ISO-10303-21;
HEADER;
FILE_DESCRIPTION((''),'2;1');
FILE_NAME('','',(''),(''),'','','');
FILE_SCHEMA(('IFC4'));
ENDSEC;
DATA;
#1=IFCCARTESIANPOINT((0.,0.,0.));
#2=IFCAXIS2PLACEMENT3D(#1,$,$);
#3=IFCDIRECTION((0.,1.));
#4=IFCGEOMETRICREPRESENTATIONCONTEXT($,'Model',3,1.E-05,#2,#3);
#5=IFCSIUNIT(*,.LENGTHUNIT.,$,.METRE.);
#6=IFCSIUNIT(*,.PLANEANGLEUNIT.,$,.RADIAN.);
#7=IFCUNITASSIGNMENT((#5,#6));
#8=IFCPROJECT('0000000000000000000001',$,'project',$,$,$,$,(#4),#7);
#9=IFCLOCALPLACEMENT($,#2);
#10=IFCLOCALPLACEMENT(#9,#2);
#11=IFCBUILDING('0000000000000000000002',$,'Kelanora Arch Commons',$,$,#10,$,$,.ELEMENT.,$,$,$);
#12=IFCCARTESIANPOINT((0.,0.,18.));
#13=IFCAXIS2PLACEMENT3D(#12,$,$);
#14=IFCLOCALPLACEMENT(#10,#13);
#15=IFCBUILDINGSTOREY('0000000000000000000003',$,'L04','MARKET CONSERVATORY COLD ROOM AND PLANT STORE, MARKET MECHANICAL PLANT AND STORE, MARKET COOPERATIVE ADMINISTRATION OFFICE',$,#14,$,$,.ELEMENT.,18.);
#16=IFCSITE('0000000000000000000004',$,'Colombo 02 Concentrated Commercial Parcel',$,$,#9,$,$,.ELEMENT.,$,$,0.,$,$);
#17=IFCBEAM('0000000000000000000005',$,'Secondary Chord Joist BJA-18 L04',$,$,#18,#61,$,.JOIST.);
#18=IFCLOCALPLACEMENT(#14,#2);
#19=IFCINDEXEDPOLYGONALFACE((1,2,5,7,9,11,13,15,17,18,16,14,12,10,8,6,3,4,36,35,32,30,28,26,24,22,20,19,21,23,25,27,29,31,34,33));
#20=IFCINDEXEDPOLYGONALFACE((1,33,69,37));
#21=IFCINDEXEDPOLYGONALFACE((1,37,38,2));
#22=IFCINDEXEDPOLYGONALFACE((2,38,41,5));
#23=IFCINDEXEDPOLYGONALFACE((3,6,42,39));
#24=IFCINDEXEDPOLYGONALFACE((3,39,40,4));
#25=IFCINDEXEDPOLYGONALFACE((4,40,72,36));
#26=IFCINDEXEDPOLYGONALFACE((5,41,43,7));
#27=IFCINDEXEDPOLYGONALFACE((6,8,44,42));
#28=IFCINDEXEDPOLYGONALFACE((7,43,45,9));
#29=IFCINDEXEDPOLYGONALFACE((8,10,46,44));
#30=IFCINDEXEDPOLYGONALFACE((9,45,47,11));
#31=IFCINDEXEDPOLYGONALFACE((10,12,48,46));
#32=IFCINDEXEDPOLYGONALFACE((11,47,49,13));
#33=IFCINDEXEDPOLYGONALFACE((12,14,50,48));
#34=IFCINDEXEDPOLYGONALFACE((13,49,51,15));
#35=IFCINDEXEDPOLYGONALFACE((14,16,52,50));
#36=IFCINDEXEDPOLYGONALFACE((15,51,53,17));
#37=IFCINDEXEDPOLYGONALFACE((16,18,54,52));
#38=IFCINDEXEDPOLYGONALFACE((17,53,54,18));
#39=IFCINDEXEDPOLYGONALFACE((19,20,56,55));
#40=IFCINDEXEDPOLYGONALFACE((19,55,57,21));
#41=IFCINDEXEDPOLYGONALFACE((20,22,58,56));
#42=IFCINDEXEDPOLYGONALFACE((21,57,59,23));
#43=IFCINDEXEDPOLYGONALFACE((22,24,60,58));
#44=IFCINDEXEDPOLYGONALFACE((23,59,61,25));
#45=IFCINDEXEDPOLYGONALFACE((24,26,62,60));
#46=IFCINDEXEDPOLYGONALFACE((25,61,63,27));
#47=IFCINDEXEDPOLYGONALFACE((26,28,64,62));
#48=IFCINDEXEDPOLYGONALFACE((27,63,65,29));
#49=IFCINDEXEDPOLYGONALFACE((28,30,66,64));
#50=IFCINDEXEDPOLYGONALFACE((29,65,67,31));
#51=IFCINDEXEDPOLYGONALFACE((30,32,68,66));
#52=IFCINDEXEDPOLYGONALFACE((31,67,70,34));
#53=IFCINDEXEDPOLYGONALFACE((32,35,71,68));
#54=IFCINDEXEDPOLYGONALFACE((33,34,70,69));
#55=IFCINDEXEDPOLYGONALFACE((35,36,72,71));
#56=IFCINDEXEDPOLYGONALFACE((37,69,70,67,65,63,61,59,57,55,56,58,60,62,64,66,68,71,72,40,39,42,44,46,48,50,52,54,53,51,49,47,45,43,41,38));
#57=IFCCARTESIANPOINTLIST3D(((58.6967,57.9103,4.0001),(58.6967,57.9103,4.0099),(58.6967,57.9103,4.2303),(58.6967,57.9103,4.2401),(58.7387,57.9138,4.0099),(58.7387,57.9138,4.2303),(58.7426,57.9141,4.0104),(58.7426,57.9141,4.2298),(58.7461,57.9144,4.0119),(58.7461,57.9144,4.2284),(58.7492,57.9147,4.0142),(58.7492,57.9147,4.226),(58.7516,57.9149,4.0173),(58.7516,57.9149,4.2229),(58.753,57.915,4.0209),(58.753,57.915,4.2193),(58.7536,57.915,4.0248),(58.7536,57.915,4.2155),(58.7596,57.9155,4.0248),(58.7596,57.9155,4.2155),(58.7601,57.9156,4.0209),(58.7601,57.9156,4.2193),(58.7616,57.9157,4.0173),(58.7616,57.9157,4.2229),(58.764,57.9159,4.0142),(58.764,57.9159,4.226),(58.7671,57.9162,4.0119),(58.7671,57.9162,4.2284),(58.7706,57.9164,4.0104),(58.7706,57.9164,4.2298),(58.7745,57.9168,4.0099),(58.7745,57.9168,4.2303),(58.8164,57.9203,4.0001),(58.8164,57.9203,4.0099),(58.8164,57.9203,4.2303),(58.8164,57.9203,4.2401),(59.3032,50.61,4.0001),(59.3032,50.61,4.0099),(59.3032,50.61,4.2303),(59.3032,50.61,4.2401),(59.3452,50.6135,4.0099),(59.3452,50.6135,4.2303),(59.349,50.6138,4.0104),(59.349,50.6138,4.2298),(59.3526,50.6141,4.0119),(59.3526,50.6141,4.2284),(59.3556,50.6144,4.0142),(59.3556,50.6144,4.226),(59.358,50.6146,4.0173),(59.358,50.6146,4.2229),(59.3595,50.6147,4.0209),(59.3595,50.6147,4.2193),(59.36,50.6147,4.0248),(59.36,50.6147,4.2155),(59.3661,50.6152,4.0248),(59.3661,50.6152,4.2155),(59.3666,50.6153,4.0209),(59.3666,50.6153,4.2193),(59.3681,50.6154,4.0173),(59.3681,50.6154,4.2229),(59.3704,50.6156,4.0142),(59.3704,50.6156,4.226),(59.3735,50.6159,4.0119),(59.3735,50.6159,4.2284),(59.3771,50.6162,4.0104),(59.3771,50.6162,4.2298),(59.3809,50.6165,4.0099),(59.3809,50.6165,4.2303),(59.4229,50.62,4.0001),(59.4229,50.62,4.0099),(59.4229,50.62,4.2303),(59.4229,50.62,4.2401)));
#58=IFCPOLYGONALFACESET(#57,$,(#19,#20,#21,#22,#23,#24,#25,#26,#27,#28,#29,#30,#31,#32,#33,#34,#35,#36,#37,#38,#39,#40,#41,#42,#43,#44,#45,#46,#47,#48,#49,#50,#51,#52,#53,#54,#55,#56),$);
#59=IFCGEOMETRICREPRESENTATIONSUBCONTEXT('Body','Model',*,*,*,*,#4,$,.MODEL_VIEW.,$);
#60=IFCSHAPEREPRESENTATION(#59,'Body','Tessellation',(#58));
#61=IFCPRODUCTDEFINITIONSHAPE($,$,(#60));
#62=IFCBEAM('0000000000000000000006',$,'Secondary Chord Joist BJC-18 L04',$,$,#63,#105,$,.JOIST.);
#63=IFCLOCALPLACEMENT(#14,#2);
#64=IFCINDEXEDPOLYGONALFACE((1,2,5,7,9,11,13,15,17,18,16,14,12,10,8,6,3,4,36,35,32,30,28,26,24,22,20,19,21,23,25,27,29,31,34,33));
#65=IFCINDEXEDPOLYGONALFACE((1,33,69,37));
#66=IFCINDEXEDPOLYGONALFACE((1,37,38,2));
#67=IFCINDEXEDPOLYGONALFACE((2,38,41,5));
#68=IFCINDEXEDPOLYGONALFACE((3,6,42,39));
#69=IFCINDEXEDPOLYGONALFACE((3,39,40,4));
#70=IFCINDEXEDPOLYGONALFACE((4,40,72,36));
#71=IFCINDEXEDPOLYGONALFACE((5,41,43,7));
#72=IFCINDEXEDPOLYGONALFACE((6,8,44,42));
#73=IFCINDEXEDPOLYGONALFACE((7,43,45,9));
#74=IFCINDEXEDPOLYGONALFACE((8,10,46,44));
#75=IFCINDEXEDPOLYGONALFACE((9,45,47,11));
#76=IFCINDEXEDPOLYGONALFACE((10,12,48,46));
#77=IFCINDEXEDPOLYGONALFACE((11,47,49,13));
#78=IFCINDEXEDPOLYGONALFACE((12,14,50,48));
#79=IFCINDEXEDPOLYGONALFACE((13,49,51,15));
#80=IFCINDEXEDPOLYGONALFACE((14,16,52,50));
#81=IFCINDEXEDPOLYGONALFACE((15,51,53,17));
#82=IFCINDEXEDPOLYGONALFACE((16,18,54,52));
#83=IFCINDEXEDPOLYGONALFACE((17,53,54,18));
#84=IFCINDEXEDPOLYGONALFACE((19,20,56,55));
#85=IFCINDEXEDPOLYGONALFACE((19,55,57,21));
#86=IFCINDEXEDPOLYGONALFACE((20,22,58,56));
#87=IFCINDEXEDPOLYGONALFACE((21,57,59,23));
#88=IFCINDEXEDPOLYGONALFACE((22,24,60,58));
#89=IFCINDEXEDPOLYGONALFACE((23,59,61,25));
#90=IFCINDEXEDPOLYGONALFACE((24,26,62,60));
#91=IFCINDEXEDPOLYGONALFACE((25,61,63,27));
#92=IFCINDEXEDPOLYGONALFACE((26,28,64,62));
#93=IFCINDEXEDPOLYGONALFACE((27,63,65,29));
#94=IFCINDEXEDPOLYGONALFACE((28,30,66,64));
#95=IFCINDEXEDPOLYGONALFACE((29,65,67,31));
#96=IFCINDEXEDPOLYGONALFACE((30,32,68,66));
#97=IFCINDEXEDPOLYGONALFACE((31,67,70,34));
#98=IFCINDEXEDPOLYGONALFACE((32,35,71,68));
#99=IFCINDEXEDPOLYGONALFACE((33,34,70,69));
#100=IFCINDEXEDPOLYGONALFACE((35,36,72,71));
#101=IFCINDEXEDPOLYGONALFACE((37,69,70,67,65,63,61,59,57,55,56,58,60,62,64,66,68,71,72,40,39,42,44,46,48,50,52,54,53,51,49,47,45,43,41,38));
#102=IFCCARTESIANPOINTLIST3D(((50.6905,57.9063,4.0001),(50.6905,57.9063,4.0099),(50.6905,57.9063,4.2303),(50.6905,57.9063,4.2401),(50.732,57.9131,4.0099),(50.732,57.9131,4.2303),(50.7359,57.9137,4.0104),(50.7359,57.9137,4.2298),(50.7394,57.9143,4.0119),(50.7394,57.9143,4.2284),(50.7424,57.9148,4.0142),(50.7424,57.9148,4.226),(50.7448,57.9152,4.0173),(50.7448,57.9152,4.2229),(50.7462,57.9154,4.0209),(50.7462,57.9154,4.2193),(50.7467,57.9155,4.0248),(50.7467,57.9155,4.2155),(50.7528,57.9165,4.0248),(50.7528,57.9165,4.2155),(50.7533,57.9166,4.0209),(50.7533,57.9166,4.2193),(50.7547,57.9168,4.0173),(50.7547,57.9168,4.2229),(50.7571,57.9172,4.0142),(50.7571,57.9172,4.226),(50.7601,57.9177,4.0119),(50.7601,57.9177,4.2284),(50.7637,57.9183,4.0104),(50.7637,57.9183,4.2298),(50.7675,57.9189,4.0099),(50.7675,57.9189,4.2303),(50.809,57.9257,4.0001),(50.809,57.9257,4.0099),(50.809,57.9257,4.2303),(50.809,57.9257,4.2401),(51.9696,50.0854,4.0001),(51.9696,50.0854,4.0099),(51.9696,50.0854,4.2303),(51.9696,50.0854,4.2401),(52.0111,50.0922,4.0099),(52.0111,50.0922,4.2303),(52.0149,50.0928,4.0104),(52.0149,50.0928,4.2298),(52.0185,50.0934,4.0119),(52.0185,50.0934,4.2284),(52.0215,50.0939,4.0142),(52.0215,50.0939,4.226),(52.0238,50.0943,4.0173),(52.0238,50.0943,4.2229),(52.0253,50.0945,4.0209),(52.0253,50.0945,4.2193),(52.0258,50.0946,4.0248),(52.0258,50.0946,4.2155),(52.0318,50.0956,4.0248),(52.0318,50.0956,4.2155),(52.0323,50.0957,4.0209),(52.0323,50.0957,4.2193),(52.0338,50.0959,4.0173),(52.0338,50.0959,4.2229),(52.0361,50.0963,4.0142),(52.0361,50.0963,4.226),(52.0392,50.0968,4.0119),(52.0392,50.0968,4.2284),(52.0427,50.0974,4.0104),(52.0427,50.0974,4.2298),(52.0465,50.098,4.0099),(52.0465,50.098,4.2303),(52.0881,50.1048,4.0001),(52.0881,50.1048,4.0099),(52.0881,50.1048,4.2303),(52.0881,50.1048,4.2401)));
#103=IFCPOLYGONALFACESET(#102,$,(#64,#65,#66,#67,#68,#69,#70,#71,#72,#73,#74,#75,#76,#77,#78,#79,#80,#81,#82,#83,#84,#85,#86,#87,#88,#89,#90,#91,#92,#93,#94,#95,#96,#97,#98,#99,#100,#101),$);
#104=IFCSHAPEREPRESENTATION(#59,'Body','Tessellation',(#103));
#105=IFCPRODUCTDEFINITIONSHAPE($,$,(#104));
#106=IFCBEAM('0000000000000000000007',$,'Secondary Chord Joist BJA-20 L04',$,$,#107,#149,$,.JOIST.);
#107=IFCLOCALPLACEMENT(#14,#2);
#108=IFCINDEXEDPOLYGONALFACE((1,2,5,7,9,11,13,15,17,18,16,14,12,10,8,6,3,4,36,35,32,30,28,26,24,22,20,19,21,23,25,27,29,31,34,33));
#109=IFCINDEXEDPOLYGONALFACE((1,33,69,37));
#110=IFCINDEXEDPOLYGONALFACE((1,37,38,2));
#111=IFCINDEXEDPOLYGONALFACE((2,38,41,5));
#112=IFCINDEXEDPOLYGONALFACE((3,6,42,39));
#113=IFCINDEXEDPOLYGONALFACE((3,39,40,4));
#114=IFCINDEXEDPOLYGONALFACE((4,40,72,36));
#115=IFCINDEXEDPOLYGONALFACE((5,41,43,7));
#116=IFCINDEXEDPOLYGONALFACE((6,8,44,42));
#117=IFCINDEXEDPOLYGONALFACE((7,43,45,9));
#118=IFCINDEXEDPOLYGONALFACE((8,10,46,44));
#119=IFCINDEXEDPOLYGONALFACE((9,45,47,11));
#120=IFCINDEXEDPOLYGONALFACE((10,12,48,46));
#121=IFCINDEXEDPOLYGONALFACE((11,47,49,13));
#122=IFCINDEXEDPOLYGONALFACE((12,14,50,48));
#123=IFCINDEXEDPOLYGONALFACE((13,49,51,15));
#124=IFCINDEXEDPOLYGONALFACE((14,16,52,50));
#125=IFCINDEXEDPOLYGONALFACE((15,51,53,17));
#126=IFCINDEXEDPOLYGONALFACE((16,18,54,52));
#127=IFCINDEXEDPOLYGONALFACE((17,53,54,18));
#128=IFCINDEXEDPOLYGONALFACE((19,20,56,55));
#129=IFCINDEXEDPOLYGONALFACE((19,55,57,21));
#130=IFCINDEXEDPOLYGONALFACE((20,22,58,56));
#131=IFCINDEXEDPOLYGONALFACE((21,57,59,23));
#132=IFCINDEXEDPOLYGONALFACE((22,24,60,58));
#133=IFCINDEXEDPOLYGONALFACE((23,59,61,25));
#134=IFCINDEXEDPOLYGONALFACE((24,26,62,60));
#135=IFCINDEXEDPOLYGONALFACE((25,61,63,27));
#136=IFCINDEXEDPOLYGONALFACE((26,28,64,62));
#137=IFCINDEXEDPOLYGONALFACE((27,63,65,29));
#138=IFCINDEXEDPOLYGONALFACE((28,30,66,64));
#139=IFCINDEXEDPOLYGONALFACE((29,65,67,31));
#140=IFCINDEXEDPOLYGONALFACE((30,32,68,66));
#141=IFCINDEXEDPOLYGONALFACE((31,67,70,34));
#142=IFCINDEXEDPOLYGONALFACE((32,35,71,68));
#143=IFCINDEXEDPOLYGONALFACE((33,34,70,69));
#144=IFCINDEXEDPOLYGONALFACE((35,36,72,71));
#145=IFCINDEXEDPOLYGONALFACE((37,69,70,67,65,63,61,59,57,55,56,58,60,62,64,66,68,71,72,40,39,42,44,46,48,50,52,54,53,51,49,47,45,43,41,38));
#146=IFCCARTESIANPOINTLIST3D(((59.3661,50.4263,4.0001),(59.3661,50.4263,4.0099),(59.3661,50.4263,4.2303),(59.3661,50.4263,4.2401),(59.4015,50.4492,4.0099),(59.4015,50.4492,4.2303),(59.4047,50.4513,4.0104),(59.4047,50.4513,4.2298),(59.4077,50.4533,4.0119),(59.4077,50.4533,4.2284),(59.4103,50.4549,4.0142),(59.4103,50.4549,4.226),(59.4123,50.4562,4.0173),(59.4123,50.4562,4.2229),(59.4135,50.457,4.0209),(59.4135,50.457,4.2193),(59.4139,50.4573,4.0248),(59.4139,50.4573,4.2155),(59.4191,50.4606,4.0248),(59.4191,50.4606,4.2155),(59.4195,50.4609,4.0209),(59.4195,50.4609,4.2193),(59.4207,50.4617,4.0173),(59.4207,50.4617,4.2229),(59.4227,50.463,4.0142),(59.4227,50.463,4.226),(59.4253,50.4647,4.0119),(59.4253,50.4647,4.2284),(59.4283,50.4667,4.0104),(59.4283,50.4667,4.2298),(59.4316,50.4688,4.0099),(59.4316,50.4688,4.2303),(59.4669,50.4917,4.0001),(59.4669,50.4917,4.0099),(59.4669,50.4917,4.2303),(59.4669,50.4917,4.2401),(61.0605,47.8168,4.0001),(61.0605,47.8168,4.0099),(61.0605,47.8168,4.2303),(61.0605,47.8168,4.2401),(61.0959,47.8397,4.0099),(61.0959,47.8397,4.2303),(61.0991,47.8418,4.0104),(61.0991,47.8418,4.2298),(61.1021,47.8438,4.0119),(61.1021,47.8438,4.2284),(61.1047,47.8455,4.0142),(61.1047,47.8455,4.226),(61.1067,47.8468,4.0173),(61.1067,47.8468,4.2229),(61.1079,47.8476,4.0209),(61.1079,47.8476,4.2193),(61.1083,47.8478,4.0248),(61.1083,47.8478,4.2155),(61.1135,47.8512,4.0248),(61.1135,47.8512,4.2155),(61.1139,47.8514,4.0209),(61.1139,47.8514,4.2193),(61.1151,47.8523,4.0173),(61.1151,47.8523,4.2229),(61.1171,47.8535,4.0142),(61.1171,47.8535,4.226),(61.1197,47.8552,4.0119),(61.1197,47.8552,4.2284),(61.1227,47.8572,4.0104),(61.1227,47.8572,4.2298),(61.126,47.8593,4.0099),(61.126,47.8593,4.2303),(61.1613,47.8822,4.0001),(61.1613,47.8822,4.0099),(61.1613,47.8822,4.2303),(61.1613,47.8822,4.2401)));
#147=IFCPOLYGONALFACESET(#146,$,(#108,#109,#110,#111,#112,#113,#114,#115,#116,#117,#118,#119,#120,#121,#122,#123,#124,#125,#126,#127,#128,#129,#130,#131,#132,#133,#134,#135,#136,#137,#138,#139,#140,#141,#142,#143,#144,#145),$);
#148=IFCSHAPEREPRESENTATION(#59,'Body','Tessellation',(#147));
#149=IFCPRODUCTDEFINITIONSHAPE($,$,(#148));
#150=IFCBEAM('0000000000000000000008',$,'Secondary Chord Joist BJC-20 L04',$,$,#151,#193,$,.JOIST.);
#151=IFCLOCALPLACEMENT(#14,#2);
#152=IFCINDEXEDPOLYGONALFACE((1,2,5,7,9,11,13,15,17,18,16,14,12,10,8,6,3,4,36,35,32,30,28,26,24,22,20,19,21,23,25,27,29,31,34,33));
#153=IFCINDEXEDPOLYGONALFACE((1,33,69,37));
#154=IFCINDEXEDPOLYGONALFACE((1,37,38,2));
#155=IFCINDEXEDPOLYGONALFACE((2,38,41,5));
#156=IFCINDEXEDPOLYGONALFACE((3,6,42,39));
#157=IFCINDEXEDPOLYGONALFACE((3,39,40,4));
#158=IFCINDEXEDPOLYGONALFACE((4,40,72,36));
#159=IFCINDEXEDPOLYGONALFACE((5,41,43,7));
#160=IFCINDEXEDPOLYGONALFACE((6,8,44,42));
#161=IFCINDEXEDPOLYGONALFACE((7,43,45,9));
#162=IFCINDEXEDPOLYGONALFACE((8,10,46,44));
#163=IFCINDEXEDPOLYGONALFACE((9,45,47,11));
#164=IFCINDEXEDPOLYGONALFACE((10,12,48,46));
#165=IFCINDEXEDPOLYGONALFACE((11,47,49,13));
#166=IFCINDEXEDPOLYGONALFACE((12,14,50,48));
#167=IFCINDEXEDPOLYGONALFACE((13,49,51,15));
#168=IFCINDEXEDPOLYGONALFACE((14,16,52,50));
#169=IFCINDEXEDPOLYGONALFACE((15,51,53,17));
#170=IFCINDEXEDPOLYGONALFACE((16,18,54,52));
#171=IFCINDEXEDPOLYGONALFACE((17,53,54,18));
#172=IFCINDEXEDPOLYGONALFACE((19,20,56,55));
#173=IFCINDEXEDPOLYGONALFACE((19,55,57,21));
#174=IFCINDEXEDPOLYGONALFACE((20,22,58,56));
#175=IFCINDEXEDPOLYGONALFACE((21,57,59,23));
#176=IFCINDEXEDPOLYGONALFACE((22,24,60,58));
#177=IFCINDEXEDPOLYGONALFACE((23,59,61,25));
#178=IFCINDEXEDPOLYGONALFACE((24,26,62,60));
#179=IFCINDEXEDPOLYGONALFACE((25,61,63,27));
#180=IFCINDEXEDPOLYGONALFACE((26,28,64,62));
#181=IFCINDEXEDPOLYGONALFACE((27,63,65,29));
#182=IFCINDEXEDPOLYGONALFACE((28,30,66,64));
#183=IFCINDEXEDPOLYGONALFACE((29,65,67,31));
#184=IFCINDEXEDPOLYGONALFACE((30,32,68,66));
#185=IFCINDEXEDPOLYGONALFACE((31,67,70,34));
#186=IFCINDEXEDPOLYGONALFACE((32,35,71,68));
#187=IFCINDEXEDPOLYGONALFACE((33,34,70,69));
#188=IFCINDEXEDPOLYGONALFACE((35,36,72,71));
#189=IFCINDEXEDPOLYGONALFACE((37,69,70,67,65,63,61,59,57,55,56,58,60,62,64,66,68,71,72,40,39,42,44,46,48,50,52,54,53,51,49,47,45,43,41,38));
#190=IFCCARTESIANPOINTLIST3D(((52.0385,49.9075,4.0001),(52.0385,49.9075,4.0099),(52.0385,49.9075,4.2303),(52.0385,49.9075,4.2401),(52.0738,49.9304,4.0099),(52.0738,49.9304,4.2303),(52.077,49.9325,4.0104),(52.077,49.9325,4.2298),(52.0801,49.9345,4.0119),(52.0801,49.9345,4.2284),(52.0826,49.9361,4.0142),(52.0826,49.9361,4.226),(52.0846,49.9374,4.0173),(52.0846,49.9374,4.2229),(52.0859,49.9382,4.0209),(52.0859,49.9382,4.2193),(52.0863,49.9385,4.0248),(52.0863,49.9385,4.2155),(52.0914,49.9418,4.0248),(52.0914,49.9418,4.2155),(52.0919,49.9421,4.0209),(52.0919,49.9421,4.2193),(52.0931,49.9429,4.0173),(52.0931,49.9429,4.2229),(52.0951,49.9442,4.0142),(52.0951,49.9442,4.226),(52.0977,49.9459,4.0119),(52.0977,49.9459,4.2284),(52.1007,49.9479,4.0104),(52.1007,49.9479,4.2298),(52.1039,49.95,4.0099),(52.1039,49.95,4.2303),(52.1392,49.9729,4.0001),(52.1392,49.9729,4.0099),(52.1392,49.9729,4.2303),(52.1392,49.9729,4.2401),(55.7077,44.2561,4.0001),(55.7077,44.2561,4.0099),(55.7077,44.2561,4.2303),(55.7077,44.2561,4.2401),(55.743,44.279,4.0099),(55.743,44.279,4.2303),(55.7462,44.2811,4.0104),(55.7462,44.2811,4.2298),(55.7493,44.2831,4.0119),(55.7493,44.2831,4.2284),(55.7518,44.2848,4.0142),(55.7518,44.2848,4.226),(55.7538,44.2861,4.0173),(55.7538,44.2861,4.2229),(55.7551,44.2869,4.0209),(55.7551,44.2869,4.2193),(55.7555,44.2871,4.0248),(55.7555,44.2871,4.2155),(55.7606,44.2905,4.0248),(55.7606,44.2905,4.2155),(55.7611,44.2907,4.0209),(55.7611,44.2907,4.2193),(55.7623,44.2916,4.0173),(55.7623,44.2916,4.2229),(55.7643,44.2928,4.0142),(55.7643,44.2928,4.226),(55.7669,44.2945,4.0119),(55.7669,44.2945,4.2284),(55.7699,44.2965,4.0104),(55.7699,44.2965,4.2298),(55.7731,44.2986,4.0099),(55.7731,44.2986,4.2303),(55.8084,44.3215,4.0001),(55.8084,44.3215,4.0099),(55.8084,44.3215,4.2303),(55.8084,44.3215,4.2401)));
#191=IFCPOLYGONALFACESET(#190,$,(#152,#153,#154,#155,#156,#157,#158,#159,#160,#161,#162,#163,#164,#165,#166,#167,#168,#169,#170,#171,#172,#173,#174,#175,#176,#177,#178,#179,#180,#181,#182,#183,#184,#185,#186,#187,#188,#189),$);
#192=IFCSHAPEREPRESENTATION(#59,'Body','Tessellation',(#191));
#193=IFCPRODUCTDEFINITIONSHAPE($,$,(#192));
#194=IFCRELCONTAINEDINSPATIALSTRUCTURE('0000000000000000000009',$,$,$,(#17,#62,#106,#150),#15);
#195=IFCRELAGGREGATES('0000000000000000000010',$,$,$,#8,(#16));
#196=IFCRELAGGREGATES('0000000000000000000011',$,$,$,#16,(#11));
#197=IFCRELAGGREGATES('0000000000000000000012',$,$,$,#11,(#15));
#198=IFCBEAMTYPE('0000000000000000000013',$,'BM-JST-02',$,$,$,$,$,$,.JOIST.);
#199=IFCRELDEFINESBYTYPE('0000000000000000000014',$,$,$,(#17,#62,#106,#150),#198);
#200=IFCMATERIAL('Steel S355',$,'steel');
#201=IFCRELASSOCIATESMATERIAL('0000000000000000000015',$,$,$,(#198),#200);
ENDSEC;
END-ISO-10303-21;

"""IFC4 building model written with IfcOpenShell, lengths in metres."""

from ifc_helpers import new_model, si_unit, direction, frame, origin, origin_2d, place, context, subcontext, project, spatial, i_section, extrude, material, material_profile, profile_set, type_object, element, save


model = new_model("IFC4")

# Units and contexts
model_context = context("Model", 3, precision=1e-05, world=origin(), true_north=direction((0.0, 1.0)))
body_context = subcontext(model_context, "Body", "Model", "MODEL_VIEW")
ifc_project = project(units=[si_unit("LENGTHUNIT", "METRE"), si_unit("PLANEANGLEUNIT", "RADIAN")], contexts=[model_context])

# Site, building, storey
site_placement = place(None, origin())
site = spatial("IfcSite", under=ifc_project, at=site_placement, Name="Colombo 02 Concentrated Commercial Parcel", CompositionType="ELEMENT", RefElevation=0.0)
building_placement = place(site_placement, origin())
building = spatial("IfcBuilding", under=site, at=building_placement, Name="Kelanora Arch Commons", CompositionType="ELEMENT")
storey_placement = place(building_placement, frame((0.0, 0.0, 18.0)))
storey = spatial("IfcBuildingStorey", under=building, at=storey_placement, Name="L04", Description="MARKET CONSERVATORY COLD ROOM AND PLANT STORE, MARKET MECHANICAL PLANT AND STORE, MARKET COOPERATIVE ADMINISTRATION OFFICE", CompositionType="ELEMENT", Elevation=18.0)

# Beams
ifc_material_1 = material(Name="Steel S355", Category="steel")
ifc_material_profile_1 = material_profile(ifc_material_1, i_section(OverallWidth=0.1201, OverallDepth=0.24, WebThickness=0.0061, FlangeThickness=0.0098, FilletRadius=0.0149, at=origin_2d()), Name="IPE240")
ifc_profile_set_1 = profile_set([ifc_material_profile_1], Name="Steel S355")
beam_type_1 = type_object("IfcBeamType", Name="BM-JST-02", PredefinedType="JOIST", material=ifc_profile_set_1)
beam_1_placement = place(storey_placement, frame((58.7566, 57.9153, 4.1201), z_axis=(0.082786, -0.996567, 0.0), x_axis=(0.996567, 0.082786, 0.0)))
element("IfcBeam", 1, at=beam_1_placement, inside=storey, type_object=beam_type_1, Name="Secondary Chord Joist BJA-18 L04", PredefinedType="JOIST", context=body_context, shape_type="SweptSolid", body=[
    extrude(i_section(OverallWidth=0.1201, OverallDepth=0.24, WebThickness=0.0061, FlangeThickness=0.0098, FilletRadius=0.0149, at=origin_2d()), origin(), (0.0, 0.0, 1.0), 7.3254),
])
beam_2_placement = place(storey_placement, frame((50.7498, 57.916, 4.1201), z_axis=(0.161401, -0.986889, 0.0), x_axis=(0.986889, 0.161401, 0.0)))
element("IfcBeam", 2, at=beam_2_placement, inside=storey, type_object=beam_type_1, Name="Secondary Chord Joist BJC-18 L04", PredefinedType="JOIST", context=body_context, shape_type="SweptSolid", body=[
    extrude(i_section(OverallWidth=0.1201, OverallDepth=0.24, WebThickness=0.0061, FlangeThickness=0.0098, FilletRadius=0.0149, at=origin_2d()), origin(), (0.0, 0.0, 1.0), 7.9248),
])
beam_3_placement = place(storey_placement, frame((59.4165, 50.459, 4.1201), z_axis=(0.544591, -0.838702, 0.0), x_axis=(0.838702, 0.544591, 0.0)))
element("IfcBeam", 3, at=beam_3_placement, inside=storey, type_object=beam_type_1, Name="Secondary Chord Joist BJA-20 L04", PredefinedType="JOIST", context=body_context, shape_type="SweptSolid", body=[
    extrude(i_section(OverallWidth=0.1201, OverallDepth=0.24, WebThickness=0.0061, FlangeThickness=0.0098, FilletRadius=0.0149, at=origin_2d()), origin(), (0.0, 0.0, 1.0), 3.1113),
])
beam_4_placement = place(storey_placement, frame((52.0889, 49.9402, 4.1201), z_axis=(0.54455, -0.838728, 0.0), x_axis=(0.838728, 0.54455, 0.0)))
element("IfcBeam", 4, at=beam_4_placement, inside=storey, type_object=beam_type_1, Name="Secondary Chord Joist BJC-20 L04", PredefinedType="JOIST", context=body_context, shape_type="SweptSolid", body=[
    extrude(i_section(OverallWidth=0.1201, OverallDepth=0.24, WebThickness=0.0061, FlangeThickness=0.0098, FilletRadius=0.0149, at=origin_2d()), origin(), (0.0, 0.0, 1.0), 6.738),
])

save(model, "model.ifc")
